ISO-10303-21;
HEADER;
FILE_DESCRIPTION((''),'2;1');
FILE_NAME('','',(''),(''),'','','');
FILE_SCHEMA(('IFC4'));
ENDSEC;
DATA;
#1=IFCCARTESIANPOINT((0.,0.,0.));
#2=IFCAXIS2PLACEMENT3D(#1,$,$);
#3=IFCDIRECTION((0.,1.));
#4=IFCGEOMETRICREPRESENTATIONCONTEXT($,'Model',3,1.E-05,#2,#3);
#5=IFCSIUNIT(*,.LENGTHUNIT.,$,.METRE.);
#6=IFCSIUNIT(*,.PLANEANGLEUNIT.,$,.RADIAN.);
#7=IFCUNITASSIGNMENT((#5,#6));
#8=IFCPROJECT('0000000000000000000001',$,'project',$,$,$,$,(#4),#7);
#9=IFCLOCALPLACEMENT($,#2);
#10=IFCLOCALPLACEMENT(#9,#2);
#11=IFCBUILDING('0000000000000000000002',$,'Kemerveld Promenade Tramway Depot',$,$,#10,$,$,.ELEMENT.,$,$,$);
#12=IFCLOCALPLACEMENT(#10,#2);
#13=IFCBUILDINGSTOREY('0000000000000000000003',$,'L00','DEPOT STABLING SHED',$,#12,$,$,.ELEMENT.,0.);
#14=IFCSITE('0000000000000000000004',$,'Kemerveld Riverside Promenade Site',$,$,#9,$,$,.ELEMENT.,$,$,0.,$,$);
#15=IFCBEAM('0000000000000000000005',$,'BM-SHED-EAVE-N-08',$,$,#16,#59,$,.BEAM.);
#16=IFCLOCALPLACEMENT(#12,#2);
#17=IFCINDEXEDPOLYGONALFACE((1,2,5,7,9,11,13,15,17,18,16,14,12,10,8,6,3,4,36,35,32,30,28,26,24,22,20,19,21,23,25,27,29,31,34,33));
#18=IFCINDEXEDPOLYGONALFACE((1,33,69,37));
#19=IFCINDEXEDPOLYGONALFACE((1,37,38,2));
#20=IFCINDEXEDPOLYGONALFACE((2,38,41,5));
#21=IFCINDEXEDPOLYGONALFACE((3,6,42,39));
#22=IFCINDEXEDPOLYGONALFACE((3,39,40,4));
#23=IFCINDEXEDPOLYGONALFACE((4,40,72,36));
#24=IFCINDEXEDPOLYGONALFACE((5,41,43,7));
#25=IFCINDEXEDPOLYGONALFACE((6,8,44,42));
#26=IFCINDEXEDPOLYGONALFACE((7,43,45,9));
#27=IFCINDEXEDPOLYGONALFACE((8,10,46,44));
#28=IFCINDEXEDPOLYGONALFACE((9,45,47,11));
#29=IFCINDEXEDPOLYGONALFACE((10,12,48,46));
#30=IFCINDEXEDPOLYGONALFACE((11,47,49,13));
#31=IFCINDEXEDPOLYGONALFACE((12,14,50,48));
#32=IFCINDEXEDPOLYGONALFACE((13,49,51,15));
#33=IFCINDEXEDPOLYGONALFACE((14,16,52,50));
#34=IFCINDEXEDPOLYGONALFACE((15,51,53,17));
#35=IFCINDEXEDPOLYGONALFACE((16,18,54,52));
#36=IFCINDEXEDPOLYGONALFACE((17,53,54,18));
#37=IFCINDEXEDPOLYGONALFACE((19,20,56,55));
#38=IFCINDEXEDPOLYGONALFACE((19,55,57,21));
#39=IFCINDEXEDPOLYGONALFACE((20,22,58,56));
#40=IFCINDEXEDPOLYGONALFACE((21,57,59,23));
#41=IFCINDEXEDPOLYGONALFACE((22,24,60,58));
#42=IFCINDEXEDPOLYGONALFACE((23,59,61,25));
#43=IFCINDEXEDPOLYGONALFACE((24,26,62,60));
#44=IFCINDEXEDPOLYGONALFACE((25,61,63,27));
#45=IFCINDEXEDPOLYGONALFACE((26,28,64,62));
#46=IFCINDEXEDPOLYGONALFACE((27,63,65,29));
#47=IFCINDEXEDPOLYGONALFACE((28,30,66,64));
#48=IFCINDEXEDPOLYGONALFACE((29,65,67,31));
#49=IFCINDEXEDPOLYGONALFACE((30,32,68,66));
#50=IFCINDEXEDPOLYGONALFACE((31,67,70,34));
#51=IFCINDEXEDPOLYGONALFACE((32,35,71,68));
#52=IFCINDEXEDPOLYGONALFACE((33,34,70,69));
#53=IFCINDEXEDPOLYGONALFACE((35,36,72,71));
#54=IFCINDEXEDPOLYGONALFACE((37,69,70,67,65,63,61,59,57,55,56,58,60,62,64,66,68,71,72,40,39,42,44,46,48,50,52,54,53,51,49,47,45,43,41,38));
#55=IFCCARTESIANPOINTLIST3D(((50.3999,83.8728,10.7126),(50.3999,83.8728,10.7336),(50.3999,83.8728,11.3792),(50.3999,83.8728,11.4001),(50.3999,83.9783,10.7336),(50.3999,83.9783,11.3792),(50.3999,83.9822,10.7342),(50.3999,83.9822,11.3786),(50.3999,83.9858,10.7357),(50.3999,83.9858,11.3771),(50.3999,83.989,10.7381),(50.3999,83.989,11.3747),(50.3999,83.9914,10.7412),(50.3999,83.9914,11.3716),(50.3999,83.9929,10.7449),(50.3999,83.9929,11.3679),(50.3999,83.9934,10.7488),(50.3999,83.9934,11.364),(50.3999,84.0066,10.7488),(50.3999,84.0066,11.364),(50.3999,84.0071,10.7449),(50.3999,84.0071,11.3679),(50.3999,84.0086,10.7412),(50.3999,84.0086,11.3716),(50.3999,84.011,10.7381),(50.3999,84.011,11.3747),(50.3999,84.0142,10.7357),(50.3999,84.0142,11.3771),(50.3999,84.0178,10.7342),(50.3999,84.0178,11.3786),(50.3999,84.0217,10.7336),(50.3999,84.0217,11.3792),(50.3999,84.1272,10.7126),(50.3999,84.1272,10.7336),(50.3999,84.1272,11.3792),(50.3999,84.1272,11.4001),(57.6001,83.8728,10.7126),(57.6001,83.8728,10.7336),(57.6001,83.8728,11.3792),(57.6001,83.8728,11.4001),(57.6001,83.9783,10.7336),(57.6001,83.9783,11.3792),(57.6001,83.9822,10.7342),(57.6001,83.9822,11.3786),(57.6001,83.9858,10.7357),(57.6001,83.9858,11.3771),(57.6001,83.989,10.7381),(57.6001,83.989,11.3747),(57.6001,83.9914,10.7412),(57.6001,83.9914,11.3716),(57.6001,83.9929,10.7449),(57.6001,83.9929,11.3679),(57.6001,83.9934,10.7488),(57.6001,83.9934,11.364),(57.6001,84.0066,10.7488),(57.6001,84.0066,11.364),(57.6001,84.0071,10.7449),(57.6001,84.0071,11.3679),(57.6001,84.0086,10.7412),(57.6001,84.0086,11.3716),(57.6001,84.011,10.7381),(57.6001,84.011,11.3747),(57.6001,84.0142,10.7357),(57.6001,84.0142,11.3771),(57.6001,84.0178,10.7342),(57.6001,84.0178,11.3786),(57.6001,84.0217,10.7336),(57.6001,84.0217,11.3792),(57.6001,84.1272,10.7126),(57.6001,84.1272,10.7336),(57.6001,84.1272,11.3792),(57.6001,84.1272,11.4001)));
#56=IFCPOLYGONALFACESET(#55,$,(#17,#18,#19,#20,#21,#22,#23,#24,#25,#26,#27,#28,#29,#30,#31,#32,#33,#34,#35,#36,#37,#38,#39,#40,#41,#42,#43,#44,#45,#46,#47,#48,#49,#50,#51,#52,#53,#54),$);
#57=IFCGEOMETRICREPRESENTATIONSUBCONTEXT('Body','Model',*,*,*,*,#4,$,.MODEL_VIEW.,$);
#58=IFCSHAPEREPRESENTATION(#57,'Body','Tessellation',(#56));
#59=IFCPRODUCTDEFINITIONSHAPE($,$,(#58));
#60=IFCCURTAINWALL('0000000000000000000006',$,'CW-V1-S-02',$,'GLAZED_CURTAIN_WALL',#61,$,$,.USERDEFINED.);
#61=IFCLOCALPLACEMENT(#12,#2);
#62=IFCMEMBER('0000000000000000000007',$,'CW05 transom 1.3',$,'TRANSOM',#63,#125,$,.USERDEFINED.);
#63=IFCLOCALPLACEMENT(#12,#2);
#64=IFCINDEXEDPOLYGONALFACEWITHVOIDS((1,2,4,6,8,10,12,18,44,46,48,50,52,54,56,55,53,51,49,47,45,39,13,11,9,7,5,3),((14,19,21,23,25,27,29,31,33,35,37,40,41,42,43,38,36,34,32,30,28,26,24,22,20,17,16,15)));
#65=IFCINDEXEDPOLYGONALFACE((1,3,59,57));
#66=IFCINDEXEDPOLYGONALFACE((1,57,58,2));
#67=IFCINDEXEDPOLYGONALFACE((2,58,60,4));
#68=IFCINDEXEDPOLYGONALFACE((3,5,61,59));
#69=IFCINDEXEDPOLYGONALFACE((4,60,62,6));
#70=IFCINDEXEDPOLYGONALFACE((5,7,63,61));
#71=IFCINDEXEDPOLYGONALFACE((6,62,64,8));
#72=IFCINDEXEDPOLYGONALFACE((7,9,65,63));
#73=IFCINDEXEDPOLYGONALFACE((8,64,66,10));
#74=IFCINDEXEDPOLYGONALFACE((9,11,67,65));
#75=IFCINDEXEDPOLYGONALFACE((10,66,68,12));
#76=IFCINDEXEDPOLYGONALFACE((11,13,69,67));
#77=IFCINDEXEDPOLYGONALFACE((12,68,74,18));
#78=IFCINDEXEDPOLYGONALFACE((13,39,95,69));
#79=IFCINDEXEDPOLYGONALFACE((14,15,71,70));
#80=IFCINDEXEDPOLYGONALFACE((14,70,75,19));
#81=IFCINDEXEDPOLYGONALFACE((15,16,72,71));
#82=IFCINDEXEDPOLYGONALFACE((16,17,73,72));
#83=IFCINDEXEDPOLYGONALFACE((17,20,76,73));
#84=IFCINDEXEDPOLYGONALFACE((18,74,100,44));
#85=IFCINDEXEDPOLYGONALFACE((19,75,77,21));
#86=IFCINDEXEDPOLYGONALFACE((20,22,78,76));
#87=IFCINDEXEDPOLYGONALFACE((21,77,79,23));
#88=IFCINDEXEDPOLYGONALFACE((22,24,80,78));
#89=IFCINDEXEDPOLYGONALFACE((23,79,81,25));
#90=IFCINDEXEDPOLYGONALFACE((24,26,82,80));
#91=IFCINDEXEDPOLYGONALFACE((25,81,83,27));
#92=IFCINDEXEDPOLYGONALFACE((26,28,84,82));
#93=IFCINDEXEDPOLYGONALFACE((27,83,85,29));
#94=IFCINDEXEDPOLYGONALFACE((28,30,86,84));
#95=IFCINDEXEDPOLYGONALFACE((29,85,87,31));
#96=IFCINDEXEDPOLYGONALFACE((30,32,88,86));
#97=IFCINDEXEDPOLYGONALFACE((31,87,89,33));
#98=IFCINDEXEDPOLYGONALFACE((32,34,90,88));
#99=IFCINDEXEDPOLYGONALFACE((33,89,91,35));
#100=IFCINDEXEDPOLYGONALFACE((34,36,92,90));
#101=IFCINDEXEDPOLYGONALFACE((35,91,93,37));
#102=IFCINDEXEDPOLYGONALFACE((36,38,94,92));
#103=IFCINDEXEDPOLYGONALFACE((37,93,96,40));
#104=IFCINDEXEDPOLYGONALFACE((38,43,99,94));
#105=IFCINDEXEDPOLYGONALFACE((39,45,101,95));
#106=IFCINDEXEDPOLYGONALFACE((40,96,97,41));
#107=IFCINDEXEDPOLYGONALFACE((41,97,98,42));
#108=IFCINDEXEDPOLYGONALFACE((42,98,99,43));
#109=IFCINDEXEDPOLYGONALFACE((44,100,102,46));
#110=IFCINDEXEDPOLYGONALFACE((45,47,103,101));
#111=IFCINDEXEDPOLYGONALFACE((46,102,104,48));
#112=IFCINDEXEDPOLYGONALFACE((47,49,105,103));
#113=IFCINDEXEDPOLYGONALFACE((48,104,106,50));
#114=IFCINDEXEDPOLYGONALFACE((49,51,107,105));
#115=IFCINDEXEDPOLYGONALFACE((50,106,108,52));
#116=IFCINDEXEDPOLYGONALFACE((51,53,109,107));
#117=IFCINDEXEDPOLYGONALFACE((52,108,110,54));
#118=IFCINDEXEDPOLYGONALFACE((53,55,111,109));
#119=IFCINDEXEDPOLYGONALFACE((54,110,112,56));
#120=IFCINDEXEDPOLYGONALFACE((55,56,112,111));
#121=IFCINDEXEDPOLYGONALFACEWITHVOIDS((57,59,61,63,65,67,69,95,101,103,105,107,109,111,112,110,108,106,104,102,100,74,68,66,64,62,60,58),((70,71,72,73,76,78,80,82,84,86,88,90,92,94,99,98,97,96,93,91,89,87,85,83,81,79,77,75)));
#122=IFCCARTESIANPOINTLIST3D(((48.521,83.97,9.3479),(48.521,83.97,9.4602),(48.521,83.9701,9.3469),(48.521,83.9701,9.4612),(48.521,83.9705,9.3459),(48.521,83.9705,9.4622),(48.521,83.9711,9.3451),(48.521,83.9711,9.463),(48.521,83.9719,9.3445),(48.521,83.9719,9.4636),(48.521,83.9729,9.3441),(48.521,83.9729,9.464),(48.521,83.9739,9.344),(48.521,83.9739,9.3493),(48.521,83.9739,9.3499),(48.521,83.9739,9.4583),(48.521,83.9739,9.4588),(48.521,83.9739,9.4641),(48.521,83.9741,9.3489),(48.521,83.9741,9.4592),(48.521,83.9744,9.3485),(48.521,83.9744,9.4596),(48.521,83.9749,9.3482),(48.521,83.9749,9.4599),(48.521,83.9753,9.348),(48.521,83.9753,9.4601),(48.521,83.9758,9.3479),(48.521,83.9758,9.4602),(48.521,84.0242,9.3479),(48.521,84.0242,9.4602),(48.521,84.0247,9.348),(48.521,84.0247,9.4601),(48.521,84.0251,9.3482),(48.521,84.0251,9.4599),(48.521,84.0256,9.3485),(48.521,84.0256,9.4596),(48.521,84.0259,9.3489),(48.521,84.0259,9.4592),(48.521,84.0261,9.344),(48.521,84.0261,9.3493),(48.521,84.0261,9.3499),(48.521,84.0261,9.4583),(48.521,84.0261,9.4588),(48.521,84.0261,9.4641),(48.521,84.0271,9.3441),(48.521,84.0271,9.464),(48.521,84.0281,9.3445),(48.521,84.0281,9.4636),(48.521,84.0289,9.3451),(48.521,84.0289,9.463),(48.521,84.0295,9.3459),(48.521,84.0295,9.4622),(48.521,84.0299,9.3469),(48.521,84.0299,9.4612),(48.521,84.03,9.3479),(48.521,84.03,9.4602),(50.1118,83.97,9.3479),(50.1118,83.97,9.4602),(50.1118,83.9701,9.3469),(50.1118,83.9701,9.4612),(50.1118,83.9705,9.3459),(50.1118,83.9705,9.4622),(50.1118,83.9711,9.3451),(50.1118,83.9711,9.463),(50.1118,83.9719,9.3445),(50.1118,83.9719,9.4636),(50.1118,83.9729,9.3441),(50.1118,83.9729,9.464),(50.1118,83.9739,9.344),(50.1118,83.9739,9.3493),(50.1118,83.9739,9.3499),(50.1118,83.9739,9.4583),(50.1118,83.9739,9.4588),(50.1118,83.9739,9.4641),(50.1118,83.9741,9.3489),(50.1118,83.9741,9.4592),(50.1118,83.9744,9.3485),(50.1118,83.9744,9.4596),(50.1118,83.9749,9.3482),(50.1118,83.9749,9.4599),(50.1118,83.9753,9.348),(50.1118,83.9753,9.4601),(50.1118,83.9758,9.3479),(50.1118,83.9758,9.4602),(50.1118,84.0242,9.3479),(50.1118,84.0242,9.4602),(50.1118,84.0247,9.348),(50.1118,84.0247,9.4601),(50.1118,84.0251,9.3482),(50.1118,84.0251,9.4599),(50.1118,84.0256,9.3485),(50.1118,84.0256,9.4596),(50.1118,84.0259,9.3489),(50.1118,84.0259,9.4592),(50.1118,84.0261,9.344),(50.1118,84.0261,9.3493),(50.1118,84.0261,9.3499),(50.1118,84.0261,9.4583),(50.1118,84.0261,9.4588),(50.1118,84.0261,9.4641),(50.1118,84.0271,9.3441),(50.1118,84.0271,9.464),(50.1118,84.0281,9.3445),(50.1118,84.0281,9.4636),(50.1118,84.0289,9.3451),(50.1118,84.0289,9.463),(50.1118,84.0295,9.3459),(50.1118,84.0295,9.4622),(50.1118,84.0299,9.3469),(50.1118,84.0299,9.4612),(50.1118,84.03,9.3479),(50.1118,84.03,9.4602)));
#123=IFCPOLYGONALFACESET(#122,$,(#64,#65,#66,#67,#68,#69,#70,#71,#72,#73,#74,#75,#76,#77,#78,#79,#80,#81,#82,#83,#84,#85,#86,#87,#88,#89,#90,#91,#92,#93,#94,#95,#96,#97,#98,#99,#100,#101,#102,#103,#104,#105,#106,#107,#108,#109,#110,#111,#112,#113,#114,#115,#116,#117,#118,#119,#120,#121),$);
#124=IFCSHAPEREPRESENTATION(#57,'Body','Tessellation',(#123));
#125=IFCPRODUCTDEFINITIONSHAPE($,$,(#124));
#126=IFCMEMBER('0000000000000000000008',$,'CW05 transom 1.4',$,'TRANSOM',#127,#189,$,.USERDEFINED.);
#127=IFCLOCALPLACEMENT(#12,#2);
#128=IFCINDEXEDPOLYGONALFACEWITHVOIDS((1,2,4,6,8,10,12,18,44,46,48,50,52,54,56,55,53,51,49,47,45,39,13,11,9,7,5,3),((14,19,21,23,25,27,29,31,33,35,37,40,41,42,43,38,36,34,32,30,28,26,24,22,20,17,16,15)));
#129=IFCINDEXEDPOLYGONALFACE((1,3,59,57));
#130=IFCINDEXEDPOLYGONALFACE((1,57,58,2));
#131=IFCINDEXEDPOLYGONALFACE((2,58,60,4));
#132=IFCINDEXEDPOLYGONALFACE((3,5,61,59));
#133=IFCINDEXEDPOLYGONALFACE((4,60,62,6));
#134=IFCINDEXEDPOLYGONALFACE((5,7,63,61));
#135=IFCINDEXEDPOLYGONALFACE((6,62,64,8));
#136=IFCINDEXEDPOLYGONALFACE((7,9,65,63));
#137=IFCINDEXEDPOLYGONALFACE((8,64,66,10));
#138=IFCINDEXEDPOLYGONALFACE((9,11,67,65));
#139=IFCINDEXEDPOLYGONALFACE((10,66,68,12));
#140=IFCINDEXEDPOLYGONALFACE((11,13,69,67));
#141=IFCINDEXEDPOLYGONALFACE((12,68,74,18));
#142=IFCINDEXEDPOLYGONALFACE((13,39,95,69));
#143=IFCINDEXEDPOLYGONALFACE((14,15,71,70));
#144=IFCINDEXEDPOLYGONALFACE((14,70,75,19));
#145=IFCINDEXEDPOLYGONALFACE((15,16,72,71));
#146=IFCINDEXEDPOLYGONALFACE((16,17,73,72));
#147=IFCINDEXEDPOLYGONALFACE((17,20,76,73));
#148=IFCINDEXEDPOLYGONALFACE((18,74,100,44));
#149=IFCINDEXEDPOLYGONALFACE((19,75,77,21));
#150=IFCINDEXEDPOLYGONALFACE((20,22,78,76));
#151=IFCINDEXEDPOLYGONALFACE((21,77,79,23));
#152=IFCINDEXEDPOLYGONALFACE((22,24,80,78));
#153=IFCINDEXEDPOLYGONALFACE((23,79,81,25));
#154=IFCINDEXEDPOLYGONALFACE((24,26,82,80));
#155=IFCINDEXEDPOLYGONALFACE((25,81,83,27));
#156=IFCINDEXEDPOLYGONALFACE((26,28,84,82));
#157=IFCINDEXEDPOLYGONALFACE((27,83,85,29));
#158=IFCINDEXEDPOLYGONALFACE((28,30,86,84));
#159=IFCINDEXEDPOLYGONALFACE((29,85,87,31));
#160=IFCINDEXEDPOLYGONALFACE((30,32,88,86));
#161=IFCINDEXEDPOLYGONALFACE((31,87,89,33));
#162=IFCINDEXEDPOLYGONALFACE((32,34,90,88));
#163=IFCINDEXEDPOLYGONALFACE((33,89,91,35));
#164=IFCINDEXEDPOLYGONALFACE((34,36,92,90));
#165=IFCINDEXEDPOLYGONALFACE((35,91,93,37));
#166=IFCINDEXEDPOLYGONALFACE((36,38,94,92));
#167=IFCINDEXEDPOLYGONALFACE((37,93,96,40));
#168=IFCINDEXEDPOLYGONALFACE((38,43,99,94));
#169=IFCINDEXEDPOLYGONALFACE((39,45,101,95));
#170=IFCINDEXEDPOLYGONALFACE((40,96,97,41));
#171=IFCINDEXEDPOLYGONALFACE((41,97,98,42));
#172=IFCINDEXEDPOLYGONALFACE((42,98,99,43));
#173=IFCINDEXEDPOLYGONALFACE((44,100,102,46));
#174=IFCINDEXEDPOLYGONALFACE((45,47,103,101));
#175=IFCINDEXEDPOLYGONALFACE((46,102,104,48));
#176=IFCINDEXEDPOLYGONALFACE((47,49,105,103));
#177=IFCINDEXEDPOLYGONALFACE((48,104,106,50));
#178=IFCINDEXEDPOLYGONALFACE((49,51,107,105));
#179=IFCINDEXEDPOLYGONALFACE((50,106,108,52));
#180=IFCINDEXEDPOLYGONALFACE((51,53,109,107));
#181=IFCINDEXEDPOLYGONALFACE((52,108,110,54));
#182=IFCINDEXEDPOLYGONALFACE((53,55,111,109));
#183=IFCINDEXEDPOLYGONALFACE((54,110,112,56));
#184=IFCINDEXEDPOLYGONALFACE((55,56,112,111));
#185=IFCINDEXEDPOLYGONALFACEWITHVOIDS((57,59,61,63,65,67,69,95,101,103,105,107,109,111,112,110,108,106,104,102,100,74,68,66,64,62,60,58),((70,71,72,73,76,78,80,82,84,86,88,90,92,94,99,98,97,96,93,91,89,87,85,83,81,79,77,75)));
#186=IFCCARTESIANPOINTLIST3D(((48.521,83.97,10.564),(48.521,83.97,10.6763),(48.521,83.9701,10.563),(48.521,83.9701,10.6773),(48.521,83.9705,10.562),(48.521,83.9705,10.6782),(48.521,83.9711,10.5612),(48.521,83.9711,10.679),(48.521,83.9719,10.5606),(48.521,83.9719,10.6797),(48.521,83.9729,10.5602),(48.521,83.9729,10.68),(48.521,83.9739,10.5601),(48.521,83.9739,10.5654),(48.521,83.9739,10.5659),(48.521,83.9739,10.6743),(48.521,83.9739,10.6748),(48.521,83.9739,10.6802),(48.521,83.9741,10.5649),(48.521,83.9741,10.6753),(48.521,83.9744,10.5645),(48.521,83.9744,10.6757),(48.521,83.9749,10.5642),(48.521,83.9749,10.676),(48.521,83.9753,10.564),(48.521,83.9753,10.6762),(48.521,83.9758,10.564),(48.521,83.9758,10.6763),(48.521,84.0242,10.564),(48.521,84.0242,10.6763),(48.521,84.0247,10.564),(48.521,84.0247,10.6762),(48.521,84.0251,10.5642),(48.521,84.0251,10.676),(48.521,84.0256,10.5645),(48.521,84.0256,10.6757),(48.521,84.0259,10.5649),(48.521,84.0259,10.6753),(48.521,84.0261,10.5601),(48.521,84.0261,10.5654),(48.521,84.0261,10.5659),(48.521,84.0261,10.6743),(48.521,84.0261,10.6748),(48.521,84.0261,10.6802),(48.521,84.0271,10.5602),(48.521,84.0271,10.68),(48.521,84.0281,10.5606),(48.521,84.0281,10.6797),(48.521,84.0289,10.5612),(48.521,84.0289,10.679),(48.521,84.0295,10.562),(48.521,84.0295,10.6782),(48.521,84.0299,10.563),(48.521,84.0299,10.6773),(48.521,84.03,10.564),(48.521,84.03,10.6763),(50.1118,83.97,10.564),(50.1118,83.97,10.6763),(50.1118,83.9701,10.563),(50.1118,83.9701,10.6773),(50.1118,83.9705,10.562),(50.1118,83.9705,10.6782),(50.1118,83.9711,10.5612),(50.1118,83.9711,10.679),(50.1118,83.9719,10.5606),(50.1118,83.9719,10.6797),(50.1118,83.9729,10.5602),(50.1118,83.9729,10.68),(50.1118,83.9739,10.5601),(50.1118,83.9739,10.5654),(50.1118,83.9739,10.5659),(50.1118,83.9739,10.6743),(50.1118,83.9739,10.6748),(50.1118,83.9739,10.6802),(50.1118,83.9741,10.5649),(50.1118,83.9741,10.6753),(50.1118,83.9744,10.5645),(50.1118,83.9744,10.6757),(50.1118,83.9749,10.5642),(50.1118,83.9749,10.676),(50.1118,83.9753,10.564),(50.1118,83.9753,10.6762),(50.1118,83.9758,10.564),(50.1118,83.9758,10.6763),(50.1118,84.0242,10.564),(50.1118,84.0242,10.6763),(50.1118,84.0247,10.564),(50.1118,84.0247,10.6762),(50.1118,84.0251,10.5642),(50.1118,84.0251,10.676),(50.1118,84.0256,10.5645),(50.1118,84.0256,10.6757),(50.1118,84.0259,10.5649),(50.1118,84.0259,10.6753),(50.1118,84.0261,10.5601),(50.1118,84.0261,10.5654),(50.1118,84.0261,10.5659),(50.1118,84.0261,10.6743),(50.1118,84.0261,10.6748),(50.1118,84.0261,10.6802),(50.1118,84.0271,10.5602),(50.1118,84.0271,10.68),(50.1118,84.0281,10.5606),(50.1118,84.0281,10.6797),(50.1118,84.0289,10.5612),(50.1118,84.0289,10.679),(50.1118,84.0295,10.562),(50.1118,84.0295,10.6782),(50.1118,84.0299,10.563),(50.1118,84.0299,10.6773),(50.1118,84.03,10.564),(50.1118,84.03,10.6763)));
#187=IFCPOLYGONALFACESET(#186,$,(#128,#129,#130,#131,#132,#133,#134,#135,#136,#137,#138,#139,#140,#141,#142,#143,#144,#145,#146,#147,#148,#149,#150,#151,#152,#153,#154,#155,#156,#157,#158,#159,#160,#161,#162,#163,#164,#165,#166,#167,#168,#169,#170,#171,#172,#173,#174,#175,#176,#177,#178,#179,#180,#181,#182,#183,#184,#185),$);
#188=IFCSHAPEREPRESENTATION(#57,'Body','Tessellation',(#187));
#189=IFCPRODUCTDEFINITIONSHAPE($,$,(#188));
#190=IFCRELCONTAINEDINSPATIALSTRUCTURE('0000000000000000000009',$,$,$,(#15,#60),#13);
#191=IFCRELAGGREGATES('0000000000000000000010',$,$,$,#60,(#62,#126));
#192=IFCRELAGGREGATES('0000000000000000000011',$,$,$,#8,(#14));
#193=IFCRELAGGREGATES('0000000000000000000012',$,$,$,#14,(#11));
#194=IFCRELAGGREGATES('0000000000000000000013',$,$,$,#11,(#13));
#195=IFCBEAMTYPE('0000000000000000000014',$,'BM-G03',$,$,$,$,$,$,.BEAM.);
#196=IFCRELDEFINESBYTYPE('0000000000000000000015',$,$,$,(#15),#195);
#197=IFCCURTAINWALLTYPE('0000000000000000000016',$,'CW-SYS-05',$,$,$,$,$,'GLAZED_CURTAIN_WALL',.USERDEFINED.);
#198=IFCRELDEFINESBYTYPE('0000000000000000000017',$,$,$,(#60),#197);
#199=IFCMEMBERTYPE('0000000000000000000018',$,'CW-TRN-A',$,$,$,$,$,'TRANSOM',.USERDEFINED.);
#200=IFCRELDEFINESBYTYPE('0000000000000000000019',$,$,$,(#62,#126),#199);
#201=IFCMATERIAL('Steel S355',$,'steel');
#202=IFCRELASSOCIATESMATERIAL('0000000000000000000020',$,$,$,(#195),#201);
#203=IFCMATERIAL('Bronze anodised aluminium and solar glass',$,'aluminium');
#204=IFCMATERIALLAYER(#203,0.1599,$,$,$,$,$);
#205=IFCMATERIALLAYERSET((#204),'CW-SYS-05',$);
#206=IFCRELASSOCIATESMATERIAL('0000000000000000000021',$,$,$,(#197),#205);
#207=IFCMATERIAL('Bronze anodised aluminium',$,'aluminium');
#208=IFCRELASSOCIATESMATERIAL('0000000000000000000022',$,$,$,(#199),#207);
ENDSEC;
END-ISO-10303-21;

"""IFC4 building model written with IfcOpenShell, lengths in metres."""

from ifc_helpers import new_model, si_unit, direction, frame, origin, origin_2d, place, context, subcontext, project, spatial, hollow_rectangle, i_section, extrude, material, layer, layer_set, material_profile, profile_set, type_object, element, aggregate, save


model = new_model("IFC4")

# Units and contexts
model_context = context("Model", 3, precision=1e-05, world=origin(), true_north=direction((0.0, 1.0)))
body_context = subcontext(model_context, "Body", "Model", "MODEL_VIEW")
ifc_project = project(units=[si_unit("LENGTHUNIT", "METRE"), si_unit("PLANEANGLEUNIT", "RADIAN")], contexts=[model_context])

# Site, building, storey
site_placement = place(None, origin())
site = spatial("IfcSite", under=ifc_project, at=site_placement, Name="Kemerveld Riverside Promenade Site", CompositionType="ELEMENT", RefElevation=0.0)
building_placement = place(site_placement, origin())
building = spatial("IfcBuilding", under=site, at=building_placement, Name="Kemerveld Promenade Tramway Depot", CompositionType="ELEMENT")
storey_placement = place(building_placement, origin())
storey = spatial("IfcBuildingStorey", under=building, at=storey_placement, Name="L00", Description="DEPOT STABLING SHED", CompositionType="ELEMENT", Elevation=0.0)

# Beam
ifc_material_1 = material(Name="Steel S355", Category="steel")
ifc_material_profile_1 = material_profile(ifc_material_1, i_section(OverallWidth=0.2544, OverallDepth=0.6875, WebThickness=0.0132, FlangeThickness=0.021, FilletRadius=0.0151, at=origin_2d()), Name="686x254x152 UB")
ifc_profile_set_1 = profile_set([ifc_material_profile_1], Name="Steel S355")
beam_type = type_object("IfcBeamType", Name="BM-G03", PredefinedType="BEAM", material=ifc_profile_set_1)
beam_placement = place(storey_placement, frame((50.3999, 84.0, 11.0564), z_axis=(1.0, 0.0, 0.0), x_axis=(0.0, 1.0, 0.0)))
element("IfcBeam", 1, at=beam_placement, inside=storey, type_object=beam_type, Name="BM-SHED-EAVE-N-08", PredefinedType="BEAM", context=body_context, shape_type="SweptSolid", body=[
    extrude(i_section(OverallWidth=0.2544, OverallDepth=0.6875, WebThickness=0.0132, FlangeThickness=0.021, FilletRadius=0.0151, at=origin_2d()), origin(), (0.0, 0.0, 1.0), 7.2002),
])

# Curtain wall, members
ifc_material_2 = material(Name="Bronze anodised aluminium and solar glass", Category="aluminium")
ifc_layer_1 = layer(ifc_material_2, 0.1599)
ifc_layer_set_1 = layer_set([ifc_layer_1], Name="CW-SYS-05")
curtain_wall_type_1 = type_object("IfcCurtainWallType", Name="CW-SYS-05", ElementType="GLAZED_CURTAIN_WALL", PredefinedType="USERDEFINED", material=ifc_layer_set_1)
curtain_wall_1_placement = place(storey_placement, origin())
curtain_wall_1 = element("IfcCurtainWall", 2, at=curtain_wall_1_placement, inside=storey, type_object=curtain_wall_type_1, Name="CW-V1-S-02", ObjectType="GLAZED_CURTAIN_WALL", PredefinedType="USERDEFINED")
ifc_material_3 = material(Name="Bronze anodised aluminium", Category="aluminium")
ifc_material_profile_2 = material_profile(ifc_material_3, hollow_rectangle(XDim=0.0601, YDim=0.1201, WallThickness=0.0039, InnerFilletRadius=0.002, OuterFilletRadius=0.0039, at=origin_2d()), Name="CW-TRN-120x60")
ifc_profile_set_2 = profile_set([ifc_material_profile_2], Name="Bronze anodised aluminium")
member_type_1 = type_object("IfcMemberType", Name="CW-TRN-A", ElementType="TRANSOM", PredefinedType="USERDEFINED", material=ifc_profile_set_2)
member_1_placement = place(storey_placement, frame((50.1118, 84.0, 9.4041), z_axis=(-1.0, 0.0, 0.0), x_axis=(0.0, -1.0, 0.0)))
member_1 = element("IfcMember", 3, at=member_1_placement, type_object=member_type_1, Name="CW05 transom 1.3", ObjectType="TRANSOM", PredefinedType="USERDEFINED", context=body_context, shape_type="SweptSolid", body=[
    extrude(hollow_rectangle(XDim=0.0601, YDim=0.1201, WallThickness=0.0039, InnerFilletRadius=0.002, OuterFilletRadius=0.0039, at=origin_2d()), origin(), (0.0, 0.0, 1.0), 1.5908),
])
member_2_placement = place(storey_placement, frame((50.1118, 84.0, 10.6201), z_axis=(-1.0, 0.0, 0.0), x_axis=(0.0, -1.0, 0.0)))
member_2 = element("IfcMember", 4, at=member_2_placement, type_object=member_type_1, Name="CW05 transom 1.4", ObjectType="TRANSOM", PredefinedType="USERDEFINED", context=body_context, shape_type="SweptSolid", body=[
    extrude(hollow_rectangle(XDim=0.0601, YDim=0.1201, WallThickness=0.0039, InnerFilletRadius=0.002, OuterFilletRadius=0.0039, at=origin_2d()), origin(), (0.0, 0.0, 1.0), 1.5908),
])

aggregate(curtain_wall_1, [member_1, member_2])

save(model, "model.ifc")
